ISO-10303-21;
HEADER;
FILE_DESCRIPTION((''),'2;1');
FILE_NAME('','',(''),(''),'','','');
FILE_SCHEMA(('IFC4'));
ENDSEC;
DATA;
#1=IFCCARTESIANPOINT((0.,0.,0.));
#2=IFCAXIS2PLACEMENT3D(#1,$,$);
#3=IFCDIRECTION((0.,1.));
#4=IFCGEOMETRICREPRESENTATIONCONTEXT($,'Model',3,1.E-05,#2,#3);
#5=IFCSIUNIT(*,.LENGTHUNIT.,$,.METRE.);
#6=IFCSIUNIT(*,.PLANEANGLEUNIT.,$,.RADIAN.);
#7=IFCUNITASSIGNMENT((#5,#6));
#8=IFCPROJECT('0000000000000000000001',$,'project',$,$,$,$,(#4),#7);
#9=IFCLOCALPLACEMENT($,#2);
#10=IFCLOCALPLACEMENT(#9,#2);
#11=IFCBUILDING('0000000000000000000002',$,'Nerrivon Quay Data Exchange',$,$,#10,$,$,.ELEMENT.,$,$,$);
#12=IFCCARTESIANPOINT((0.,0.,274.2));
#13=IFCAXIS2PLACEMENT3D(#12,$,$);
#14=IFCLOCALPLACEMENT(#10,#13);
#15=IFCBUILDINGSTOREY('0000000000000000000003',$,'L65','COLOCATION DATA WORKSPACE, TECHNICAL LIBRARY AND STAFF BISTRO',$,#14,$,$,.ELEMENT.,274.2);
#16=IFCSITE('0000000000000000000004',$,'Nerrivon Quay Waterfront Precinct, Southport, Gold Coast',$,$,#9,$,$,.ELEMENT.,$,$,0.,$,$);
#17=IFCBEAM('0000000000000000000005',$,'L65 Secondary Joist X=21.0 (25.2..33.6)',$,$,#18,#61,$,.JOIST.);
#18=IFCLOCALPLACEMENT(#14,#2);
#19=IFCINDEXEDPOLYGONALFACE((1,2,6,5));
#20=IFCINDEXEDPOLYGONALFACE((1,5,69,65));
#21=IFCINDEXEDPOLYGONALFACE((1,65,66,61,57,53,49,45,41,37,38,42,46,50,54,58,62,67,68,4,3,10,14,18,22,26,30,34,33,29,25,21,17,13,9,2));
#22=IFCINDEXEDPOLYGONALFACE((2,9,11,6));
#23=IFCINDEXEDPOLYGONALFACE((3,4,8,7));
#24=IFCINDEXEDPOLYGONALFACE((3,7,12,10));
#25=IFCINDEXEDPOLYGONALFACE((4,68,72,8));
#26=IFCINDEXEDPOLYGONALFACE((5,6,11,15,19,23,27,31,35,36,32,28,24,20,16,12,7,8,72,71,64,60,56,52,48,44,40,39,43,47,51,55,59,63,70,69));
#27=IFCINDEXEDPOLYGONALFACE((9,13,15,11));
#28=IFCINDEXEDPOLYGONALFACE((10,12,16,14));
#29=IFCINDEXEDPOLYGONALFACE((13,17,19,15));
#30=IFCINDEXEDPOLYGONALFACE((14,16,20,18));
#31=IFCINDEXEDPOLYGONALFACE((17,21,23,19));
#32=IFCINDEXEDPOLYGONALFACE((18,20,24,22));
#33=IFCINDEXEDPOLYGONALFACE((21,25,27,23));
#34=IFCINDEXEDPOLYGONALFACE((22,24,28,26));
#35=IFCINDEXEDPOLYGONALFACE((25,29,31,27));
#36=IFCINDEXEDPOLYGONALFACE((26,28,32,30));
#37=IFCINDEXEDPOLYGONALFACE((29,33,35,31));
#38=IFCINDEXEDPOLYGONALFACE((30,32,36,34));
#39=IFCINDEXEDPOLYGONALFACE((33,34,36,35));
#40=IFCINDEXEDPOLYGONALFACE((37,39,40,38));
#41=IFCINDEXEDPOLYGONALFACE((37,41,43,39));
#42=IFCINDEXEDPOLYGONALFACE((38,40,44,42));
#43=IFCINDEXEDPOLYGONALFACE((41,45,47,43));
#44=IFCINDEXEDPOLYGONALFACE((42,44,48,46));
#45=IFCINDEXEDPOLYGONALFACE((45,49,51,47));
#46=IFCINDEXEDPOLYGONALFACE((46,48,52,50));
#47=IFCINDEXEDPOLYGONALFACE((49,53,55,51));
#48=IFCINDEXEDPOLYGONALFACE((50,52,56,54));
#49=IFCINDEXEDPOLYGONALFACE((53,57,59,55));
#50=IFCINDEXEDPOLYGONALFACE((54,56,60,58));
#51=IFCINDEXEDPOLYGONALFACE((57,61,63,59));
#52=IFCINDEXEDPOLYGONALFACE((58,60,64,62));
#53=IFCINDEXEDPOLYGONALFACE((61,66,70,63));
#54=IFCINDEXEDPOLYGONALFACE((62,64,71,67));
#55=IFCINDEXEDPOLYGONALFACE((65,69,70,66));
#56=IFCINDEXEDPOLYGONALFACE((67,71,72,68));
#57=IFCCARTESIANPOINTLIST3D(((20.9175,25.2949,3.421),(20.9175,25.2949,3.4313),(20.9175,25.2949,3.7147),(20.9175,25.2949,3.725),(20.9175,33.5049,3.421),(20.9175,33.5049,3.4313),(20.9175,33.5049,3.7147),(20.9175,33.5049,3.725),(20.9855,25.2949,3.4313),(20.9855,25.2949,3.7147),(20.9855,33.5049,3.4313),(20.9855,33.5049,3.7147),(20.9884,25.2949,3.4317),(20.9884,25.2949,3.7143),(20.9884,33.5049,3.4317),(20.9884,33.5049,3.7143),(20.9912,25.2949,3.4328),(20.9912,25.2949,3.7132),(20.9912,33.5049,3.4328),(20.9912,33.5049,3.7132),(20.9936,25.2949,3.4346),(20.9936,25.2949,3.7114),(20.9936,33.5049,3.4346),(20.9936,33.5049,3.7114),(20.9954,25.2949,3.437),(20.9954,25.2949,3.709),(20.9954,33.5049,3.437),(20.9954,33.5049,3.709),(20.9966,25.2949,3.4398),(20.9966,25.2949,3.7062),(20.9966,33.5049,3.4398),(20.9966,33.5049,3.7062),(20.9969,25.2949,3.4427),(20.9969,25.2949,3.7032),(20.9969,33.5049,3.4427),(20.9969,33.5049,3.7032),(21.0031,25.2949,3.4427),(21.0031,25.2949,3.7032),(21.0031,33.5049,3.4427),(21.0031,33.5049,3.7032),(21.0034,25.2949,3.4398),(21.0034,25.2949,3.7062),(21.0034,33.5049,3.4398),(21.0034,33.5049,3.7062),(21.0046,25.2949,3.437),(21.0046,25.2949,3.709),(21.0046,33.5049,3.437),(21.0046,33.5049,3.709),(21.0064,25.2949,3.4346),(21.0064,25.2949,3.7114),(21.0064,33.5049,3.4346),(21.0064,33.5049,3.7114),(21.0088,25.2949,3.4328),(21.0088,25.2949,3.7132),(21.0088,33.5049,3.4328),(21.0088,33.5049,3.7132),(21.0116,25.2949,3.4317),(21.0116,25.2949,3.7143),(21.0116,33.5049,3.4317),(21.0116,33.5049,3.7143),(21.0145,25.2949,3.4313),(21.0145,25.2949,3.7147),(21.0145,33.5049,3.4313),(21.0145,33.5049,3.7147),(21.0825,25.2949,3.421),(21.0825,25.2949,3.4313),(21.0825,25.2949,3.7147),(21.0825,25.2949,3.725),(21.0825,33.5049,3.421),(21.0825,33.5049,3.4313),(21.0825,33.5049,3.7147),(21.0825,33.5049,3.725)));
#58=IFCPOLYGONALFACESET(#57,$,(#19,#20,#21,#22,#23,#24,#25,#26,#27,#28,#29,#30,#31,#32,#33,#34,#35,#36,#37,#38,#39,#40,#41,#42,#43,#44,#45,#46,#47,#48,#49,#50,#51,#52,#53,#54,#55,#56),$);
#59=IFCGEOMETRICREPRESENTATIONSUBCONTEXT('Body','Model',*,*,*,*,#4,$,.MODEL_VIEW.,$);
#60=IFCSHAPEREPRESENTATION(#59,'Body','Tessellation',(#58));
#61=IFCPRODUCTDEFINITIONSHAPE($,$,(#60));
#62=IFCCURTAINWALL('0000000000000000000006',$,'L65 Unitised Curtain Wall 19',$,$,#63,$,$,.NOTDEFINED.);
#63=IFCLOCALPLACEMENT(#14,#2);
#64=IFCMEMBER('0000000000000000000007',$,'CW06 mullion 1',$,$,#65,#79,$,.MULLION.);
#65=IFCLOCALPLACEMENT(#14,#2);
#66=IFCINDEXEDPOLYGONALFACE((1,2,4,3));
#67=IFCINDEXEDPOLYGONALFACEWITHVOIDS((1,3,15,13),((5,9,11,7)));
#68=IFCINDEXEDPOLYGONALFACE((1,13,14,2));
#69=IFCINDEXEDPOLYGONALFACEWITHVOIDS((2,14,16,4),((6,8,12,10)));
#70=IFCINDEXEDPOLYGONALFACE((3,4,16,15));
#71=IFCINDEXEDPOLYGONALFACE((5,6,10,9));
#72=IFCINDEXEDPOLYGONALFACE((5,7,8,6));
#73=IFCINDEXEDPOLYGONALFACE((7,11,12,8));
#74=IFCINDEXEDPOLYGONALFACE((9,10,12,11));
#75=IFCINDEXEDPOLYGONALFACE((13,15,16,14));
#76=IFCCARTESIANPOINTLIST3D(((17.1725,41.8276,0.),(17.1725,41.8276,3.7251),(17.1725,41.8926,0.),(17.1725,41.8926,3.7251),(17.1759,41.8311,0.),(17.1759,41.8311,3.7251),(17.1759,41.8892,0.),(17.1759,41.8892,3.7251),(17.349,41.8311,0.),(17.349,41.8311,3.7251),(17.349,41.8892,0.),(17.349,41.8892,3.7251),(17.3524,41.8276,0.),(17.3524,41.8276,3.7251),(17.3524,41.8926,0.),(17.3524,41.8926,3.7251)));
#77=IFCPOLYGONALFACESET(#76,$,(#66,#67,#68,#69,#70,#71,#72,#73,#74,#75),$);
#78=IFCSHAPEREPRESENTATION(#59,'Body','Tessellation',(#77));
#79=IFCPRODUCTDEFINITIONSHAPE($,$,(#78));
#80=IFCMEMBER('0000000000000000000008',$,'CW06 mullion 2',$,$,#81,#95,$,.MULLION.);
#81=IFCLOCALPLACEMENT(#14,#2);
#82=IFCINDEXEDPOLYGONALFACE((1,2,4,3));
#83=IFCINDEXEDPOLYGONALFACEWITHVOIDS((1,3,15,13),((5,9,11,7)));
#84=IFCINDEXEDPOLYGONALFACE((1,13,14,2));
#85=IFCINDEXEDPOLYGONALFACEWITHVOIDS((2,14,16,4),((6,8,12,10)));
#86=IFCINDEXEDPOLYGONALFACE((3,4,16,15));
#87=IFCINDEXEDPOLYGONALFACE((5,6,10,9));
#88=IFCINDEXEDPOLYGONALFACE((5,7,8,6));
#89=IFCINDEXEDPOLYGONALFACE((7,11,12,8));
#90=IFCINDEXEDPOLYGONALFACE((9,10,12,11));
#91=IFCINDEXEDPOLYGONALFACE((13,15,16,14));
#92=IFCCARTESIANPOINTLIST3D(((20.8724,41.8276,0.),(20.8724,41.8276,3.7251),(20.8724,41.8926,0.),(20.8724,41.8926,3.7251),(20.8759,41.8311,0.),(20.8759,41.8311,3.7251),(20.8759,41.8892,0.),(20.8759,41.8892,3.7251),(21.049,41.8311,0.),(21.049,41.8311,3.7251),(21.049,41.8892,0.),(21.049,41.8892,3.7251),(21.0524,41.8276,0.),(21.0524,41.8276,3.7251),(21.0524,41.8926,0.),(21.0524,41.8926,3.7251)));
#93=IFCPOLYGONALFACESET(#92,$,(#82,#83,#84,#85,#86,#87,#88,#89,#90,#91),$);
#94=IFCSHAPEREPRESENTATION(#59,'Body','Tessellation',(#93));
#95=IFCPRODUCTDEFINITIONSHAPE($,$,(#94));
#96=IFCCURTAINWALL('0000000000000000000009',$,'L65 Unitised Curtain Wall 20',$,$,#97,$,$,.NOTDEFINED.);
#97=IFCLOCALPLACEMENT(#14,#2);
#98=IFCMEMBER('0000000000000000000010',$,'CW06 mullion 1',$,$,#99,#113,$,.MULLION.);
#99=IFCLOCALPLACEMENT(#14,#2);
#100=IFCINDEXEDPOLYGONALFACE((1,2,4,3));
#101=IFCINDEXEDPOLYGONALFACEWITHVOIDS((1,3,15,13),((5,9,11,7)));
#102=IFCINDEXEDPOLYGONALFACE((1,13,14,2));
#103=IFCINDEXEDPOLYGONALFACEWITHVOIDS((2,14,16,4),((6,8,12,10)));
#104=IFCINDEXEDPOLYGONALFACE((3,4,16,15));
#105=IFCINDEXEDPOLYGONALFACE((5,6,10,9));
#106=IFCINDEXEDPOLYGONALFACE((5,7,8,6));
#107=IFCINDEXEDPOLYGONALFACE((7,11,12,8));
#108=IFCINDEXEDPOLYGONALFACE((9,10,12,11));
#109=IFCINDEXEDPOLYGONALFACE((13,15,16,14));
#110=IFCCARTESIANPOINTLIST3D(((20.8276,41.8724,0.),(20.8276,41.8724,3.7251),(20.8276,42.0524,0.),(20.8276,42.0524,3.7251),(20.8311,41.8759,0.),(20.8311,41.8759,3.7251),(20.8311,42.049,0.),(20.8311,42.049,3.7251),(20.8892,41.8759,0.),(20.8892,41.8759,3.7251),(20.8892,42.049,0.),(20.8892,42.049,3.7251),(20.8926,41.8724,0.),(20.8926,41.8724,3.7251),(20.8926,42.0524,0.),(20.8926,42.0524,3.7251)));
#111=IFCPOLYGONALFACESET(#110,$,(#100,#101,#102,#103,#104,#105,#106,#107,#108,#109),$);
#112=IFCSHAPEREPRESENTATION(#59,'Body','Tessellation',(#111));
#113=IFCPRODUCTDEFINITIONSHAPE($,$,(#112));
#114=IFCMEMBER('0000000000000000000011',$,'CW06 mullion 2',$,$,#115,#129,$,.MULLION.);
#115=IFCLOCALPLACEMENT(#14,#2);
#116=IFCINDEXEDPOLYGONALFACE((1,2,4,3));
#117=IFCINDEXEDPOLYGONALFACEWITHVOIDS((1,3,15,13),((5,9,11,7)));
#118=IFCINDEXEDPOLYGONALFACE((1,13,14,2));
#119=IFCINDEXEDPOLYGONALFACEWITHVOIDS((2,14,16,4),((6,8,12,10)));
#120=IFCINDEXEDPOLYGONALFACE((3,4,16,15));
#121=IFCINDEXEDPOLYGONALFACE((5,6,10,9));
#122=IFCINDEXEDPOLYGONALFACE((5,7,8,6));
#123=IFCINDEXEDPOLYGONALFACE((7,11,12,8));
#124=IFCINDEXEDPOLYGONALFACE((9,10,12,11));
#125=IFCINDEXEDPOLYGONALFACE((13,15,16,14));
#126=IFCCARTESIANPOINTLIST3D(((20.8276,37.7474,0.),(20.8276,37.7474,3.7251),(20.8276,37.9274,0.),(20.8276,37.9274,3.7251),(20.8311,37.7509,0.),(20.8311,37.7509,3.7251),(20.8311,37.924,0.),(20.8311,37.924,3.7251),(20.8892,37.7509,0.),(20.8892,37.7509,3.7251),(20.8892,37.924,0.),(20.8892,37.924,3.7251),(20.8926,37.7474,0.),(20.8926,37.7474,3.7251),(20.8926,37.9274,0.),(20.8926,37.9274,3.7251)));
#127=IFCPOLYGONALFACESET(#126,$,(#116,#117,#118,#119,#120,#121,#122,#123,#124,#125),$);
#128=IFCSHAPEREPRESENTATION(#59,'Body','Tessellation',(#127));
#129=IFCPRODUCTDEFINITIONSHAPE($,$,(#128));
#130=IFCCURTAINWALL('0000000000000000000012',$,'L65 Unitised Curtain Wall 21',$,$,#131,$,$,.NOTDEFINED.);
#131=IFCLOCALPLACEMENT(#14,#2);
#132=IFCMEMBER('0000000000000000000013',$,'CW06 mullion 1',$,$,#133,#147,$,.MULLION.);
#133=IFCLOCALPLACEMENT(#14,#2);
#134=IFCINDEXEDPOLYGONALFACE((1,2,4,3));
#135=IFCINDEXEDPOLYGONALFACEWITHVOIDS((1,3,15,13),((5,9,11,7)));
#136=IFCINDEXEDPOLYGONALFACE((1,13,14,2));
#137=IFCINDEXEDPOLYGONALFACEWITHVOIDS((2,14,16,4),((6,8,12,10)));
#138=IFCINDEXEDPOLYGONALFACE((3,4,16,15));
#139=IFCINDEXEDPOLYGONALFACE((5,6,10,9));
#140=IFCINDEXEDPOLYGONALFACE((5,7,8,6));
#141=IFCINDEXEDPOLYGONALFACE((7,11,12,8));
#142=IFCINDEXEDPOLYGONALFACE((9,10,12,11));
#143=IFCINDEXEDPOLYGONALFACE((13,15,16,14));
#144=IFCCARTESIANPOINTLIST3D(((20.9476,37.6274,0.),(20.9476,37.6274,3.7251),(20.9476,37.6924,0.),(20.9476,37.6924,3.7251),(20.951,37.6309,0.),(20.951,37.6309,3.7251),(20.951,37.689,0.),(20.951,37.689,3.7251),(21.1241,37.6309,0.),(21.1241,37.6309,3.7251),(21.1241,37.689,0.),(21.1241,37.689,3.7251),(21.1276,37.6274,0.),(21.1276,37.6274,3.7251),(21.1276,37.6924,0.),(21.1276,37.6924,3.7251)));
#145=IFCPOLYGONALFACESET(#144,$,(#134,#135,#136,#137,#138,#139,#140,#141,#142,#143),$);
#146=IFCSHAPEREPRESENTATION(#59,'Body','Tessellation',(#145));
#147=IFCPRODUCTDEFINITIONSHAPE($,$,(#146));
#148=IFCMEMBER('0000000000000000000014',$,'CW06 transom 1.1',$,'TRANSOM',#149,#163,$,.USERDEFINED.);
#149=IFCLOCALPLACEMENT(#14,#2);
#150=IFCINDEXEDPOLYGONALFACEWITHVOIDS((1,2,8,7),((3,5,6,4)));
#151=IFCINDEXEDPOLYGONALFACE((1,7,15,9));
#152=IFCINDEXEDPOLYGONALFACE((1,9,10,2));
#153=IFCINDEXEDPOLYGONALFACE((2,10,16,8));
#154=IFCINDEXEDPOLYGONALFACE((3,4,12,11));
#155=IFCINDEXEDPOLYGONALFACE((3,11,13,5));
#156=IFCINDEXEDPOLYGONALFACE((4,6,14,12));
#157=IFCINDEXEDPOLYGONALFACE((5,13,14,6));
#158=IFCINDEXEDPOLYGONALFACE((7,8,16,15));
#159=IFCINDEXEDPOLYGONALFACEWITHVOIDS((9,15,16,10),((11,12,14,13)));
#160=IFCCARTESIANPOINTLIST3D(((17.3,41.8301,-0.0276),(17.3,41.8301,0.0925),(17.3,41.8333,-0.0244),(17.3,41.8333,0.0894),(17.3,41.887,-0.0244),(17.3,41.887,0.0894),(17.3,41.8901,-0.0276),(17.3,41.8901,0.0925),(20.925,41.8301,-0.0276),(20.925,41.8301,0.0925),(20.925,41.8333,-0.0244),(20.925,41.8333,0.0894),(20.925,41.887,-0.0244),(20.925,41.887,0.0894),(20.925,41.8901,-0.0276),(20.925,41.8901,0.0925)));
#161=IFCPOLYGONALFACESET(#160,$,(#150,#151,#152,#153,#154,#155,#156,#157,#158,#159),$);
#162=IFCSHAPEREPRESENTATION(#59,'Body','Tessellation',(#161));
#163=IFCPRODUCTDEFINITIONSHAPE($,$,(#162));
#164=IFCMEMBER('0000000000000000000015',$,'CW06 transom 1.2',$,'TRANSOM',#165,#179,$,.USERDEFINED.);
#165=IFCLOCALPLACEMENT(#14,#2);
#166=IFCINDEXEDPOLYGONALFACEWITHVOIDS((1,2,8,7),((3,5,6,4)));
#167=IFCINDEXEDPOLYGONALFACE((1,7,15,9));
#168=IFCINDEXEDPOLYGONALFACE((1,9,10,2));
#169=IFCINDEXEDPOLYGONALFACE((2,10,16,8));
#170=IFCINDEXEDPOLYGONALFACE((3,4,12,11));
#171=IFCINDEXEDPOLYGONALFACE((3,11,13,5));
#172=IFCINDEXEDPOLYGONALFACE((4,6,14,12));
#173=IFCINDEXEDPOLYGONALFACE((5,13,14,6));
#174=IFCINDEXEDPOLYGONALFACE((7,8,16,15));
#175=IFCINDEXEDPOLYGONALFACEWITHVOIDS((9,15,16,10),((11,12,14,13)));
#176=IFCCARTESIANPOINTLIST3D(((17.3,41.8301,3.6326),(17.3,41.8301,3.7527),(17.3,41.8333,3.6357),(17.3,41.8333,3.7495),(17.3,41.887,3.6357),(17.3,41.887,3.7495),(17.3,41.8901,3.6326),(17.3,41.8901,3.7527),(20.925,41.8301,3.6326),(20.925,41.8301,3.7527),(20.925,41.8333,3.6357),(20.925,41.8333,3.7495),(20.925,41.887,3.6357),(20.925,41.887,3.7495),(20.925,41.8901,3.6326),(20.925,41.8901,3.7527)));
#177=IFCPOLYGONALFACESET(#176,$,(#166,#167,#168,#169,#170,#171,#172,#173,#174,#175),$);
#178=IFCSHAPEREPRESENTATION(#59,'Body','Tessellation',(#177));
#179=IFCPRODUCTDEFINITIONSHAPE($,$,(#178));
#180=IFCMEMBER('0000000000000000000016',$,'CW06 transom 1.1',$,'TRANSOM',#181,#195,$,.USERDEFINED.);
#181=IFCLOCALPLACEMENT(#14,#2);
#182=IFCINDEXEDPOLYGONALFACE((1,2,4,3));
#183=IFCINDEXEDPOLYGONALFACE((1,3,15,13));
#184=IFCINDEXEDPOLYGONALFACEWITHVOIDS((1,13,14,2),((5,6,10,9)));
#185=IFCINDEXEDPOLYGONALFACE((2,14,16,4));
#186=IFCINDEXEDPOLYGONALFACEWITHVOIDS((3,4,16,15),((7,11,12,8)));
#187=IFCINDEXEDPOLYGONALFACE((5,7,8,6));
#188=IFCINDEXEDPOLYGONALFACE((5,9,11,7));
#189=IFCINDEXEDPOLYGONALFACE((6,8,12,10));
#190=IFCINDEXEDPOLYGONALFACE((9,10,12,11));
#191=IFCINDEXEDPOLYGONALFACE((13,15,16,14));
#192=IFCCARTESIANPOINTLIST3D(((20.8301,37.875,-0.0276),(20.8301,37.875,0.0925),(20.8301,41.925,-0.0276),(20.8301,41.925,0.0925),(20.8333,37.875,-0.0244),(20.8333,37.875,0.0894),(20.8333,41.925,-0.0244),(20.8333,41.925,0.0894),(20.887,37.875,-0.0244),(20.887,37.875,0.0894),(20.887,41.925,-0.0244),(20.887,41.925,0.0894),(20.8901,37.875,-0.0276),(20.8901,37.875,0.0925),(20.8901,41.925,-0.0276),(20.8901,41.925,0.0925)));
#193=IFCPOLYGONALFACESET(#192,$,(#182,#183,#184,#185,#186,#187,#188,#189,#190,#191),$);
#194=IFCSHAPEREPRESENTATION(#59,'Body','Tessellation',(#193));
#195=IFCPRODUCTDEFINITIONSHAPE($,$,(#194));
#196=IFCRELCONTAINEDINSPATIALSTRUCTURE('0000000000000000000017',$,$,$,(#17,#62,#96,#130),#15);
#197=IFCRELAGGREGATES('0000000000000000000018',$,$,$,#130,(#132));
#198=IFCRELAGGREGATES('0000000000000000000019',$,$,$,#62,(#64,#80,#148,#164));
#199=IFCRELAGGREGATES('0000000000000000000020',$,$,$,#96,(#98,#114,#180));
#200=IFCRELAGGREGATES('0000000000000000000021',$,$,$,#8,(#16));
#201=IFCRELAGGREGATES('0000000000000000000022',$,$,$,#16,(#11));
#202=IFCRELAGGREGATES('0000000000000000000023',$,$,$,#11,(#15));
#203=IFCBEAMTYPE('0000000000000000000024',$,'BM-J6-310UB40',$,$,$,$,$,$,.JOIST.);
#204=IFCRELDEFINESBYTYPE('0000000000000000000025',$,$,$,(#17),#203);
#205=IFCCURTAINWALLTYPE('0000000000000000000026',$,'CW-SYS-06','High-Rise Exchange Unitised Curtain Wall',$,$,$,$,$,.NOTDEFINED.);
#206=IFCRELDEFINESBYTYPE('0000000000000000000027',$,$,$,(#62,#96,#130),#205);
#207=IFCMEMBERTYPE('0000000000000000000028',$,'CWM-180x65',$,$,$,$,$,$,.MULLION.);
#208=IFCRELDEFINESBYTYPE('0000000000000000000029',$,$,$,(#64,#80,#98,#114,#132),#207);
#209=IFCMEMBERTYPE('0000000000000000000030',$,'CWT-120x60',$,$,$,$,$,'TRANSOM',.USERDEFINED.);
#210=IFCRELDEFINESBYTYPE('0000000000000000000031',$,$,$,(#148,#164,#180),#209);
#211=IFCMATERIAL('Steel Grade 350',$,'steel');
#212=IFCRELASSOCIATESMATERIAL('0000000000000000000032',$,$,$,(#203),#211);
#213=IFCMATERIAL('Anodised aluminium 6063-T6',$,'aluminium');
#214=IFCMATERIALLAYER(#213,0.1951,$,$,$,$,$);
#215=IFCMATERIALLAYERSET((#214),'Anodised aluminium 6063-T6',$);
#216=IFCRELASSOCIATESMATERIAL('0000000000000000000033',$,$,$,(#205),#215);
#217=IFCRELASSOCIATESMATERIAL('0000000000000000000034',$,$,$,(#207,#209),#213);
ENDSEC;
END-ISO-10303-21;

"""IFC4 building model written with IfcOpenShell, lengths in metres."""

from ifc_helpers import new_model, si_unit, direction, frame, origin, origin_2d, place, context, subcontext, project, spatial, hollow_rectangle, i_section, extrude, material, layer, layer_set, material_profile, profile_set, type_object, element, aggregate, save


model = new_model("IFC4")

# Units and contexts
model_context = context("Model", 3, precision=1e-05, world=origin(), true_north=direction((0.0, 1.0)))
body_context = subcontext(model_context, "Body", "Model", "MODEL_VIEW")
ifc_project = project(units=[si_unit("LENGTHUNIT", "METRE"), si_unit("PLANEANGLEUNIT", "RADIAN")], contexts=[model_context])

# Site, building, storey
site_placement = place(None, origin())
site = spatial("IfcSite", under=ifc_project, at=site_placement, Name="Nerrivon Quay Waterfront Precinct, Southport, Gold Coast", CompositionType="ELEMENT", RefElevation=0.0)
building_placement = place(site_placement, origin())
building = spatial("IfcBuilding", under=site, at=building_placement, Name="Nerrivon Quay Data Exchange", CompositionType="ELEMENT")
storey_placement = place(building_placement, frame((0.0, 0.0, 274.2)))
storey = spatial("IfcBuildingStorey", under=building, at=storey_placement, Name="L65", Description="COLOCATION DATA WORKSPACE, TECHNICAL LIBRARY AND STAFF BISTRO", CompositionType="ELEMENT", Elevation=274.2)

# Beam
ifc_material_1 = material(Name="Steel Grade 350", Category="steel")
ifc_material_profile_1 = material_profile(ifc_material_1, i_section(OverallWidth=0.165, OverallDepth=0.304, WebThickness=0.0061, FlangeThickness=0.0103, FilletRadius=0.0115, at=origin_2d()), Name="310UB40.4")
ifc_profile_set_1 = profile_set([ifc_material_profile_1], Name="Steel Grade 350")
beam_type_1 = type_object("IfcBeamType", Name="BM-J6-310UB40", PredefinedType="JOIST", material=ifc_profile_set_1)
beam_placement = place(storey_placement, frame((21.0, 25.2949, 3.573), z_axis=(0.0, 1.0, 0.0), x_axis=(-1.0, 0.0, 0.0)))
element("IfcBeam", 1, at=beam_placement, inside=storey, type_object=beam_type_1, Name="L65 Secondary Joist X=21.0 (25.2..33.6)", PredefinedType="JOIST", context=body_context, shape_type="SweptSolid", body=[
    extrude(i_section(OverallWidth=0.165, OverallDepth=0.304, WebThickness=0.0061, FlangeThickness=0.0103, FilletRadius=0.0115, at=origin_2d()), origin(), (0.0, 0.0, 1.0), 8.21),
])

# Curtain walls, members
ifc_material_2 = material(Name="Anodised aluminium 6063-T6", Category="aluminium")
ifc_layer_1 = layer(ifc_material_2, 0.1951)
ifc_layer_set_1 = layer_set([ifc_layer_1], Name="Anodised aluminium 6063-T6")
curtain_wall_type = type_object("IfcCurtainWallType", Name="CW-SYS-06", Description="High-Rise Exchange Unitised Curtain Wall", PredefinedType="NOTDEFINED", material=ifc_layer_set_1)
curtain_wall_1_placement = place(storey_placement, origin())
curtain_wall_1 = element("IfcCurtainWall", 2, at=curtain_wall_1_placement, inside=storey, type_object=curtain_wall_type, Name="L65 Unitised Curtain Wall 19", PredefinedType="NOTDEFINED")
ifc_material_profile_2 = material_profile(ifc_material_2, hollow_rectangle(XDim=0.0649, YDim=0.1799, WallThickness=0.0034, at=origin_2d()), Name="ALU-MULL-180x65")
ifc_profile_set_2 = profile_set([ifc_material_profile_2], Name="Anodised aluminium 6063-T6")
member_type_1 = type_object("IfcMemberType", Name="CWM-180x65", PredefinedType="MULLION", material=ifc_profile_set_2)
member_1_placement = place(storey_placement, frame((17.2625, 41.8601, 0.0), z_axis=(0.0, 0.0, 1.0), x_axis=(0.0, 1.0, 0.0)))
member_1 = element("IfcMember", 3, at=member_1_placement, type_object=member_type_1, Name="CW06 mullion 1", PredefinedType="MULLION", context=body_context, shape_type="SweptSolid", body=[
    extrude(hollow_rectangle(XDim=0.0649, YDim=0.1799, WallThickness=0.0034, at=origin_2d()), origin(), (0.0, 0.0, 1.0), 3.7251),
])
member_2_placement = place(storey_placement, frame((20.9624, 41.8601, 0.0), z_axis=(0.0, 0.0, 1.0), x_axis=(0.0, 1.0, 0.0)))
member_2 = element("IfcMember", 4, at=member_2_placement, type_object=member_type_1, Name="CW06 mullion 2", PredefinedType="MULLION", context=body_context, shape_type="SweptSolid", body=[
    extrude(hollow_rectangle(XDim=0.0649, YDim=0.1799, WallThickness=0.0034, at=origin_2d()), origin(), (0.0, 0.0, 1.0), 3.7251),
])
curtain_wall_2_placement = place(storey_placement, origin())
curtain_wall_2 = element("IfcCurtainWall", 5, at=curtain_wall_2_placement, inside=storey, type_object=curtain_wall_type, Name="L65 Unitised Curtain Wall 20", PredefinedType="NOTDEFINED")
member_3_placement = place(storey_placement, frame((20.8601, 41.9624, 0.0), z_axis=(0.0, 0.0, 1.0), x_axis=(1.0, 0.0, 0.0)))
member_3 = element("IfcMember", 6, at=member_3_placement, type_object=member_type_1, Name="CW06 mullion 1", PredefinedType="MULLION", context=body_context, shape_type="SweptSolid", body=[
    extrude(hollow_rectangle(XDim=0.0649, YDim=0.1799, WallThickness=0.0034, at=origin_2d()), origin(), (0.0, 0.0, 1.0), 3.7251),
])
member_4_placement = place(storey_placement, frame((20.8601, 37.8374, 0.0), z_axis=(0.0, 0.0, 1.0), x_axis=(1.0, 0.0, 0.0)))
member_4 = element("IfcMember", 7, at=member_4_placement, type_object=member_type_1, Name="CW06 mullion 2", PredefinedType="MULLION", context=body_context, shape_type="SweptSolid", body=[
    extrude(hollow_rectangle(XDim=0.0649, YDim=0.1799, WallThickness=0.0034, at=origin_2d()), origin(), (0.0, 0.0, 1.0), 3.7251),
])

# Curtain wall, member
curtain_wall_3_placement = place(storey_placement, origin())
curtain_wall_3 = element("IfcCurtainWall", 8, at=curtain_wall_3_placement, inside=storey, type_object=curtain_wall_type, Name="L65 Unitised Curtain Wall 21", PredefinedType="NOTDEFINED")
member_5_placement = place(storey_placement, frame((21.0376, 37.6599, 0.0), z_axis=(0.0, 0.0, 1.0), x_axis=(0.0, 1.0, 0.0)))
member_5 = element("IfcMember", 9, at=member_5_placement, type_object=member_type_1, Name="CW06 mullion 1", PredefinedType="MULLION", context=body_context, shape_type="SweptSolid", body=[
    extrude(hollow_rectangle(XDim=0.0649, YDim=0.1799, WallThickness=0.0034, at=origin_2d()), origin(), (0.0, 0.0, 1.0), 3.7251),
])

# Members
ifc_material_profile_3 = material_profile(ifc_material_2, hollow_rectangle(XDim=0.0601, YDim=0.1201, WallThickness=0.0032, at=origin_2d()), Name="ALU-TRAN-120x60")
ifc_profile_set_3 = profile_set([ifc_material_profile_3], Name="Anodised aluminium 6063-T6")
member_type_2 = type_object("IfcMemberType", Name="CWT-120x60", ElementType="TRANSOM", PredefinedType="USERDEFINED", material=ifc_profile_set_3)
member_6_placement = place(storey_placement, frame((17.3, 41.8601, 0.0325), z_axis=(1.0, 0.0, 0.0), x_axis=(0.0, 1.0, 0.0)))
member_6 = element("IfcMember", 10, at=member_6_placement, type_object=member_type_2, Name="CW06 transom 1.1", ObjectType="TRANSOM", PredefinedType="USERDEFINED", context=body_context, shape_type="SweptSolid", body=[
    extrude(hollow_rectangle(XDim=0.0601, YDim=0.1201, WallThickness=0.0032, at=origin_2d()), origin(), (0.0, 0.0, 1.0), 3.625),
])
member_7_placement = place(storey_placement, frame((17.3, 41.8601, 3.6926), z_axis=(1.0, 0.0, 0.0), x_axis=(0.0, 1.0, 0.0)))
member_7 = element("IfcMember", 11, at=member_7_placement, type_object=member_type_2, Name="CW06 transom 1.2", ObjectType="TRANSOM", PredefinedType="USERDEFINED", context=body_context, shape_type="SweptSolid", body=[
    extrude(hollow_rectangle(XDim=0.0601, YDim=0.1201, WallThickness=0.0032, at=origin_2d()), origin(), (0.0, 0.0, 1.0), 3.625),
])
member_8_placement = place(storey_placement, frame((20.8601, 41.925, 0.0325), z_axis=(0.0, -1.0, 0.0), x_axis=(1.0, 0.0, 0.0)))
member_8 = element("IfcMember", 12, at=member_8_placement, type_object=member_type_2, Name="CW06 transom 1.1", ObjectType="TRANSOM", PredefinedType="USERDEFINED", context=body_context, shape_type="SweptSolid", body=[
    extrude(hollow_rectangle(XDim=0.0601, YDim=0.1201, WallThickness=0.0032, at=origin_2d()), origin(), (0.0, 0.0, 1.0), 4.05),
])
aggregate(curtain_wall_3, [member_5])

aggregate(curtain_wall_1, [member_1, member_2, member_6, member_7])
aggregate(curtain_wall_2, [member_3, member_4, member_8])

save(model, "model.ifc")
